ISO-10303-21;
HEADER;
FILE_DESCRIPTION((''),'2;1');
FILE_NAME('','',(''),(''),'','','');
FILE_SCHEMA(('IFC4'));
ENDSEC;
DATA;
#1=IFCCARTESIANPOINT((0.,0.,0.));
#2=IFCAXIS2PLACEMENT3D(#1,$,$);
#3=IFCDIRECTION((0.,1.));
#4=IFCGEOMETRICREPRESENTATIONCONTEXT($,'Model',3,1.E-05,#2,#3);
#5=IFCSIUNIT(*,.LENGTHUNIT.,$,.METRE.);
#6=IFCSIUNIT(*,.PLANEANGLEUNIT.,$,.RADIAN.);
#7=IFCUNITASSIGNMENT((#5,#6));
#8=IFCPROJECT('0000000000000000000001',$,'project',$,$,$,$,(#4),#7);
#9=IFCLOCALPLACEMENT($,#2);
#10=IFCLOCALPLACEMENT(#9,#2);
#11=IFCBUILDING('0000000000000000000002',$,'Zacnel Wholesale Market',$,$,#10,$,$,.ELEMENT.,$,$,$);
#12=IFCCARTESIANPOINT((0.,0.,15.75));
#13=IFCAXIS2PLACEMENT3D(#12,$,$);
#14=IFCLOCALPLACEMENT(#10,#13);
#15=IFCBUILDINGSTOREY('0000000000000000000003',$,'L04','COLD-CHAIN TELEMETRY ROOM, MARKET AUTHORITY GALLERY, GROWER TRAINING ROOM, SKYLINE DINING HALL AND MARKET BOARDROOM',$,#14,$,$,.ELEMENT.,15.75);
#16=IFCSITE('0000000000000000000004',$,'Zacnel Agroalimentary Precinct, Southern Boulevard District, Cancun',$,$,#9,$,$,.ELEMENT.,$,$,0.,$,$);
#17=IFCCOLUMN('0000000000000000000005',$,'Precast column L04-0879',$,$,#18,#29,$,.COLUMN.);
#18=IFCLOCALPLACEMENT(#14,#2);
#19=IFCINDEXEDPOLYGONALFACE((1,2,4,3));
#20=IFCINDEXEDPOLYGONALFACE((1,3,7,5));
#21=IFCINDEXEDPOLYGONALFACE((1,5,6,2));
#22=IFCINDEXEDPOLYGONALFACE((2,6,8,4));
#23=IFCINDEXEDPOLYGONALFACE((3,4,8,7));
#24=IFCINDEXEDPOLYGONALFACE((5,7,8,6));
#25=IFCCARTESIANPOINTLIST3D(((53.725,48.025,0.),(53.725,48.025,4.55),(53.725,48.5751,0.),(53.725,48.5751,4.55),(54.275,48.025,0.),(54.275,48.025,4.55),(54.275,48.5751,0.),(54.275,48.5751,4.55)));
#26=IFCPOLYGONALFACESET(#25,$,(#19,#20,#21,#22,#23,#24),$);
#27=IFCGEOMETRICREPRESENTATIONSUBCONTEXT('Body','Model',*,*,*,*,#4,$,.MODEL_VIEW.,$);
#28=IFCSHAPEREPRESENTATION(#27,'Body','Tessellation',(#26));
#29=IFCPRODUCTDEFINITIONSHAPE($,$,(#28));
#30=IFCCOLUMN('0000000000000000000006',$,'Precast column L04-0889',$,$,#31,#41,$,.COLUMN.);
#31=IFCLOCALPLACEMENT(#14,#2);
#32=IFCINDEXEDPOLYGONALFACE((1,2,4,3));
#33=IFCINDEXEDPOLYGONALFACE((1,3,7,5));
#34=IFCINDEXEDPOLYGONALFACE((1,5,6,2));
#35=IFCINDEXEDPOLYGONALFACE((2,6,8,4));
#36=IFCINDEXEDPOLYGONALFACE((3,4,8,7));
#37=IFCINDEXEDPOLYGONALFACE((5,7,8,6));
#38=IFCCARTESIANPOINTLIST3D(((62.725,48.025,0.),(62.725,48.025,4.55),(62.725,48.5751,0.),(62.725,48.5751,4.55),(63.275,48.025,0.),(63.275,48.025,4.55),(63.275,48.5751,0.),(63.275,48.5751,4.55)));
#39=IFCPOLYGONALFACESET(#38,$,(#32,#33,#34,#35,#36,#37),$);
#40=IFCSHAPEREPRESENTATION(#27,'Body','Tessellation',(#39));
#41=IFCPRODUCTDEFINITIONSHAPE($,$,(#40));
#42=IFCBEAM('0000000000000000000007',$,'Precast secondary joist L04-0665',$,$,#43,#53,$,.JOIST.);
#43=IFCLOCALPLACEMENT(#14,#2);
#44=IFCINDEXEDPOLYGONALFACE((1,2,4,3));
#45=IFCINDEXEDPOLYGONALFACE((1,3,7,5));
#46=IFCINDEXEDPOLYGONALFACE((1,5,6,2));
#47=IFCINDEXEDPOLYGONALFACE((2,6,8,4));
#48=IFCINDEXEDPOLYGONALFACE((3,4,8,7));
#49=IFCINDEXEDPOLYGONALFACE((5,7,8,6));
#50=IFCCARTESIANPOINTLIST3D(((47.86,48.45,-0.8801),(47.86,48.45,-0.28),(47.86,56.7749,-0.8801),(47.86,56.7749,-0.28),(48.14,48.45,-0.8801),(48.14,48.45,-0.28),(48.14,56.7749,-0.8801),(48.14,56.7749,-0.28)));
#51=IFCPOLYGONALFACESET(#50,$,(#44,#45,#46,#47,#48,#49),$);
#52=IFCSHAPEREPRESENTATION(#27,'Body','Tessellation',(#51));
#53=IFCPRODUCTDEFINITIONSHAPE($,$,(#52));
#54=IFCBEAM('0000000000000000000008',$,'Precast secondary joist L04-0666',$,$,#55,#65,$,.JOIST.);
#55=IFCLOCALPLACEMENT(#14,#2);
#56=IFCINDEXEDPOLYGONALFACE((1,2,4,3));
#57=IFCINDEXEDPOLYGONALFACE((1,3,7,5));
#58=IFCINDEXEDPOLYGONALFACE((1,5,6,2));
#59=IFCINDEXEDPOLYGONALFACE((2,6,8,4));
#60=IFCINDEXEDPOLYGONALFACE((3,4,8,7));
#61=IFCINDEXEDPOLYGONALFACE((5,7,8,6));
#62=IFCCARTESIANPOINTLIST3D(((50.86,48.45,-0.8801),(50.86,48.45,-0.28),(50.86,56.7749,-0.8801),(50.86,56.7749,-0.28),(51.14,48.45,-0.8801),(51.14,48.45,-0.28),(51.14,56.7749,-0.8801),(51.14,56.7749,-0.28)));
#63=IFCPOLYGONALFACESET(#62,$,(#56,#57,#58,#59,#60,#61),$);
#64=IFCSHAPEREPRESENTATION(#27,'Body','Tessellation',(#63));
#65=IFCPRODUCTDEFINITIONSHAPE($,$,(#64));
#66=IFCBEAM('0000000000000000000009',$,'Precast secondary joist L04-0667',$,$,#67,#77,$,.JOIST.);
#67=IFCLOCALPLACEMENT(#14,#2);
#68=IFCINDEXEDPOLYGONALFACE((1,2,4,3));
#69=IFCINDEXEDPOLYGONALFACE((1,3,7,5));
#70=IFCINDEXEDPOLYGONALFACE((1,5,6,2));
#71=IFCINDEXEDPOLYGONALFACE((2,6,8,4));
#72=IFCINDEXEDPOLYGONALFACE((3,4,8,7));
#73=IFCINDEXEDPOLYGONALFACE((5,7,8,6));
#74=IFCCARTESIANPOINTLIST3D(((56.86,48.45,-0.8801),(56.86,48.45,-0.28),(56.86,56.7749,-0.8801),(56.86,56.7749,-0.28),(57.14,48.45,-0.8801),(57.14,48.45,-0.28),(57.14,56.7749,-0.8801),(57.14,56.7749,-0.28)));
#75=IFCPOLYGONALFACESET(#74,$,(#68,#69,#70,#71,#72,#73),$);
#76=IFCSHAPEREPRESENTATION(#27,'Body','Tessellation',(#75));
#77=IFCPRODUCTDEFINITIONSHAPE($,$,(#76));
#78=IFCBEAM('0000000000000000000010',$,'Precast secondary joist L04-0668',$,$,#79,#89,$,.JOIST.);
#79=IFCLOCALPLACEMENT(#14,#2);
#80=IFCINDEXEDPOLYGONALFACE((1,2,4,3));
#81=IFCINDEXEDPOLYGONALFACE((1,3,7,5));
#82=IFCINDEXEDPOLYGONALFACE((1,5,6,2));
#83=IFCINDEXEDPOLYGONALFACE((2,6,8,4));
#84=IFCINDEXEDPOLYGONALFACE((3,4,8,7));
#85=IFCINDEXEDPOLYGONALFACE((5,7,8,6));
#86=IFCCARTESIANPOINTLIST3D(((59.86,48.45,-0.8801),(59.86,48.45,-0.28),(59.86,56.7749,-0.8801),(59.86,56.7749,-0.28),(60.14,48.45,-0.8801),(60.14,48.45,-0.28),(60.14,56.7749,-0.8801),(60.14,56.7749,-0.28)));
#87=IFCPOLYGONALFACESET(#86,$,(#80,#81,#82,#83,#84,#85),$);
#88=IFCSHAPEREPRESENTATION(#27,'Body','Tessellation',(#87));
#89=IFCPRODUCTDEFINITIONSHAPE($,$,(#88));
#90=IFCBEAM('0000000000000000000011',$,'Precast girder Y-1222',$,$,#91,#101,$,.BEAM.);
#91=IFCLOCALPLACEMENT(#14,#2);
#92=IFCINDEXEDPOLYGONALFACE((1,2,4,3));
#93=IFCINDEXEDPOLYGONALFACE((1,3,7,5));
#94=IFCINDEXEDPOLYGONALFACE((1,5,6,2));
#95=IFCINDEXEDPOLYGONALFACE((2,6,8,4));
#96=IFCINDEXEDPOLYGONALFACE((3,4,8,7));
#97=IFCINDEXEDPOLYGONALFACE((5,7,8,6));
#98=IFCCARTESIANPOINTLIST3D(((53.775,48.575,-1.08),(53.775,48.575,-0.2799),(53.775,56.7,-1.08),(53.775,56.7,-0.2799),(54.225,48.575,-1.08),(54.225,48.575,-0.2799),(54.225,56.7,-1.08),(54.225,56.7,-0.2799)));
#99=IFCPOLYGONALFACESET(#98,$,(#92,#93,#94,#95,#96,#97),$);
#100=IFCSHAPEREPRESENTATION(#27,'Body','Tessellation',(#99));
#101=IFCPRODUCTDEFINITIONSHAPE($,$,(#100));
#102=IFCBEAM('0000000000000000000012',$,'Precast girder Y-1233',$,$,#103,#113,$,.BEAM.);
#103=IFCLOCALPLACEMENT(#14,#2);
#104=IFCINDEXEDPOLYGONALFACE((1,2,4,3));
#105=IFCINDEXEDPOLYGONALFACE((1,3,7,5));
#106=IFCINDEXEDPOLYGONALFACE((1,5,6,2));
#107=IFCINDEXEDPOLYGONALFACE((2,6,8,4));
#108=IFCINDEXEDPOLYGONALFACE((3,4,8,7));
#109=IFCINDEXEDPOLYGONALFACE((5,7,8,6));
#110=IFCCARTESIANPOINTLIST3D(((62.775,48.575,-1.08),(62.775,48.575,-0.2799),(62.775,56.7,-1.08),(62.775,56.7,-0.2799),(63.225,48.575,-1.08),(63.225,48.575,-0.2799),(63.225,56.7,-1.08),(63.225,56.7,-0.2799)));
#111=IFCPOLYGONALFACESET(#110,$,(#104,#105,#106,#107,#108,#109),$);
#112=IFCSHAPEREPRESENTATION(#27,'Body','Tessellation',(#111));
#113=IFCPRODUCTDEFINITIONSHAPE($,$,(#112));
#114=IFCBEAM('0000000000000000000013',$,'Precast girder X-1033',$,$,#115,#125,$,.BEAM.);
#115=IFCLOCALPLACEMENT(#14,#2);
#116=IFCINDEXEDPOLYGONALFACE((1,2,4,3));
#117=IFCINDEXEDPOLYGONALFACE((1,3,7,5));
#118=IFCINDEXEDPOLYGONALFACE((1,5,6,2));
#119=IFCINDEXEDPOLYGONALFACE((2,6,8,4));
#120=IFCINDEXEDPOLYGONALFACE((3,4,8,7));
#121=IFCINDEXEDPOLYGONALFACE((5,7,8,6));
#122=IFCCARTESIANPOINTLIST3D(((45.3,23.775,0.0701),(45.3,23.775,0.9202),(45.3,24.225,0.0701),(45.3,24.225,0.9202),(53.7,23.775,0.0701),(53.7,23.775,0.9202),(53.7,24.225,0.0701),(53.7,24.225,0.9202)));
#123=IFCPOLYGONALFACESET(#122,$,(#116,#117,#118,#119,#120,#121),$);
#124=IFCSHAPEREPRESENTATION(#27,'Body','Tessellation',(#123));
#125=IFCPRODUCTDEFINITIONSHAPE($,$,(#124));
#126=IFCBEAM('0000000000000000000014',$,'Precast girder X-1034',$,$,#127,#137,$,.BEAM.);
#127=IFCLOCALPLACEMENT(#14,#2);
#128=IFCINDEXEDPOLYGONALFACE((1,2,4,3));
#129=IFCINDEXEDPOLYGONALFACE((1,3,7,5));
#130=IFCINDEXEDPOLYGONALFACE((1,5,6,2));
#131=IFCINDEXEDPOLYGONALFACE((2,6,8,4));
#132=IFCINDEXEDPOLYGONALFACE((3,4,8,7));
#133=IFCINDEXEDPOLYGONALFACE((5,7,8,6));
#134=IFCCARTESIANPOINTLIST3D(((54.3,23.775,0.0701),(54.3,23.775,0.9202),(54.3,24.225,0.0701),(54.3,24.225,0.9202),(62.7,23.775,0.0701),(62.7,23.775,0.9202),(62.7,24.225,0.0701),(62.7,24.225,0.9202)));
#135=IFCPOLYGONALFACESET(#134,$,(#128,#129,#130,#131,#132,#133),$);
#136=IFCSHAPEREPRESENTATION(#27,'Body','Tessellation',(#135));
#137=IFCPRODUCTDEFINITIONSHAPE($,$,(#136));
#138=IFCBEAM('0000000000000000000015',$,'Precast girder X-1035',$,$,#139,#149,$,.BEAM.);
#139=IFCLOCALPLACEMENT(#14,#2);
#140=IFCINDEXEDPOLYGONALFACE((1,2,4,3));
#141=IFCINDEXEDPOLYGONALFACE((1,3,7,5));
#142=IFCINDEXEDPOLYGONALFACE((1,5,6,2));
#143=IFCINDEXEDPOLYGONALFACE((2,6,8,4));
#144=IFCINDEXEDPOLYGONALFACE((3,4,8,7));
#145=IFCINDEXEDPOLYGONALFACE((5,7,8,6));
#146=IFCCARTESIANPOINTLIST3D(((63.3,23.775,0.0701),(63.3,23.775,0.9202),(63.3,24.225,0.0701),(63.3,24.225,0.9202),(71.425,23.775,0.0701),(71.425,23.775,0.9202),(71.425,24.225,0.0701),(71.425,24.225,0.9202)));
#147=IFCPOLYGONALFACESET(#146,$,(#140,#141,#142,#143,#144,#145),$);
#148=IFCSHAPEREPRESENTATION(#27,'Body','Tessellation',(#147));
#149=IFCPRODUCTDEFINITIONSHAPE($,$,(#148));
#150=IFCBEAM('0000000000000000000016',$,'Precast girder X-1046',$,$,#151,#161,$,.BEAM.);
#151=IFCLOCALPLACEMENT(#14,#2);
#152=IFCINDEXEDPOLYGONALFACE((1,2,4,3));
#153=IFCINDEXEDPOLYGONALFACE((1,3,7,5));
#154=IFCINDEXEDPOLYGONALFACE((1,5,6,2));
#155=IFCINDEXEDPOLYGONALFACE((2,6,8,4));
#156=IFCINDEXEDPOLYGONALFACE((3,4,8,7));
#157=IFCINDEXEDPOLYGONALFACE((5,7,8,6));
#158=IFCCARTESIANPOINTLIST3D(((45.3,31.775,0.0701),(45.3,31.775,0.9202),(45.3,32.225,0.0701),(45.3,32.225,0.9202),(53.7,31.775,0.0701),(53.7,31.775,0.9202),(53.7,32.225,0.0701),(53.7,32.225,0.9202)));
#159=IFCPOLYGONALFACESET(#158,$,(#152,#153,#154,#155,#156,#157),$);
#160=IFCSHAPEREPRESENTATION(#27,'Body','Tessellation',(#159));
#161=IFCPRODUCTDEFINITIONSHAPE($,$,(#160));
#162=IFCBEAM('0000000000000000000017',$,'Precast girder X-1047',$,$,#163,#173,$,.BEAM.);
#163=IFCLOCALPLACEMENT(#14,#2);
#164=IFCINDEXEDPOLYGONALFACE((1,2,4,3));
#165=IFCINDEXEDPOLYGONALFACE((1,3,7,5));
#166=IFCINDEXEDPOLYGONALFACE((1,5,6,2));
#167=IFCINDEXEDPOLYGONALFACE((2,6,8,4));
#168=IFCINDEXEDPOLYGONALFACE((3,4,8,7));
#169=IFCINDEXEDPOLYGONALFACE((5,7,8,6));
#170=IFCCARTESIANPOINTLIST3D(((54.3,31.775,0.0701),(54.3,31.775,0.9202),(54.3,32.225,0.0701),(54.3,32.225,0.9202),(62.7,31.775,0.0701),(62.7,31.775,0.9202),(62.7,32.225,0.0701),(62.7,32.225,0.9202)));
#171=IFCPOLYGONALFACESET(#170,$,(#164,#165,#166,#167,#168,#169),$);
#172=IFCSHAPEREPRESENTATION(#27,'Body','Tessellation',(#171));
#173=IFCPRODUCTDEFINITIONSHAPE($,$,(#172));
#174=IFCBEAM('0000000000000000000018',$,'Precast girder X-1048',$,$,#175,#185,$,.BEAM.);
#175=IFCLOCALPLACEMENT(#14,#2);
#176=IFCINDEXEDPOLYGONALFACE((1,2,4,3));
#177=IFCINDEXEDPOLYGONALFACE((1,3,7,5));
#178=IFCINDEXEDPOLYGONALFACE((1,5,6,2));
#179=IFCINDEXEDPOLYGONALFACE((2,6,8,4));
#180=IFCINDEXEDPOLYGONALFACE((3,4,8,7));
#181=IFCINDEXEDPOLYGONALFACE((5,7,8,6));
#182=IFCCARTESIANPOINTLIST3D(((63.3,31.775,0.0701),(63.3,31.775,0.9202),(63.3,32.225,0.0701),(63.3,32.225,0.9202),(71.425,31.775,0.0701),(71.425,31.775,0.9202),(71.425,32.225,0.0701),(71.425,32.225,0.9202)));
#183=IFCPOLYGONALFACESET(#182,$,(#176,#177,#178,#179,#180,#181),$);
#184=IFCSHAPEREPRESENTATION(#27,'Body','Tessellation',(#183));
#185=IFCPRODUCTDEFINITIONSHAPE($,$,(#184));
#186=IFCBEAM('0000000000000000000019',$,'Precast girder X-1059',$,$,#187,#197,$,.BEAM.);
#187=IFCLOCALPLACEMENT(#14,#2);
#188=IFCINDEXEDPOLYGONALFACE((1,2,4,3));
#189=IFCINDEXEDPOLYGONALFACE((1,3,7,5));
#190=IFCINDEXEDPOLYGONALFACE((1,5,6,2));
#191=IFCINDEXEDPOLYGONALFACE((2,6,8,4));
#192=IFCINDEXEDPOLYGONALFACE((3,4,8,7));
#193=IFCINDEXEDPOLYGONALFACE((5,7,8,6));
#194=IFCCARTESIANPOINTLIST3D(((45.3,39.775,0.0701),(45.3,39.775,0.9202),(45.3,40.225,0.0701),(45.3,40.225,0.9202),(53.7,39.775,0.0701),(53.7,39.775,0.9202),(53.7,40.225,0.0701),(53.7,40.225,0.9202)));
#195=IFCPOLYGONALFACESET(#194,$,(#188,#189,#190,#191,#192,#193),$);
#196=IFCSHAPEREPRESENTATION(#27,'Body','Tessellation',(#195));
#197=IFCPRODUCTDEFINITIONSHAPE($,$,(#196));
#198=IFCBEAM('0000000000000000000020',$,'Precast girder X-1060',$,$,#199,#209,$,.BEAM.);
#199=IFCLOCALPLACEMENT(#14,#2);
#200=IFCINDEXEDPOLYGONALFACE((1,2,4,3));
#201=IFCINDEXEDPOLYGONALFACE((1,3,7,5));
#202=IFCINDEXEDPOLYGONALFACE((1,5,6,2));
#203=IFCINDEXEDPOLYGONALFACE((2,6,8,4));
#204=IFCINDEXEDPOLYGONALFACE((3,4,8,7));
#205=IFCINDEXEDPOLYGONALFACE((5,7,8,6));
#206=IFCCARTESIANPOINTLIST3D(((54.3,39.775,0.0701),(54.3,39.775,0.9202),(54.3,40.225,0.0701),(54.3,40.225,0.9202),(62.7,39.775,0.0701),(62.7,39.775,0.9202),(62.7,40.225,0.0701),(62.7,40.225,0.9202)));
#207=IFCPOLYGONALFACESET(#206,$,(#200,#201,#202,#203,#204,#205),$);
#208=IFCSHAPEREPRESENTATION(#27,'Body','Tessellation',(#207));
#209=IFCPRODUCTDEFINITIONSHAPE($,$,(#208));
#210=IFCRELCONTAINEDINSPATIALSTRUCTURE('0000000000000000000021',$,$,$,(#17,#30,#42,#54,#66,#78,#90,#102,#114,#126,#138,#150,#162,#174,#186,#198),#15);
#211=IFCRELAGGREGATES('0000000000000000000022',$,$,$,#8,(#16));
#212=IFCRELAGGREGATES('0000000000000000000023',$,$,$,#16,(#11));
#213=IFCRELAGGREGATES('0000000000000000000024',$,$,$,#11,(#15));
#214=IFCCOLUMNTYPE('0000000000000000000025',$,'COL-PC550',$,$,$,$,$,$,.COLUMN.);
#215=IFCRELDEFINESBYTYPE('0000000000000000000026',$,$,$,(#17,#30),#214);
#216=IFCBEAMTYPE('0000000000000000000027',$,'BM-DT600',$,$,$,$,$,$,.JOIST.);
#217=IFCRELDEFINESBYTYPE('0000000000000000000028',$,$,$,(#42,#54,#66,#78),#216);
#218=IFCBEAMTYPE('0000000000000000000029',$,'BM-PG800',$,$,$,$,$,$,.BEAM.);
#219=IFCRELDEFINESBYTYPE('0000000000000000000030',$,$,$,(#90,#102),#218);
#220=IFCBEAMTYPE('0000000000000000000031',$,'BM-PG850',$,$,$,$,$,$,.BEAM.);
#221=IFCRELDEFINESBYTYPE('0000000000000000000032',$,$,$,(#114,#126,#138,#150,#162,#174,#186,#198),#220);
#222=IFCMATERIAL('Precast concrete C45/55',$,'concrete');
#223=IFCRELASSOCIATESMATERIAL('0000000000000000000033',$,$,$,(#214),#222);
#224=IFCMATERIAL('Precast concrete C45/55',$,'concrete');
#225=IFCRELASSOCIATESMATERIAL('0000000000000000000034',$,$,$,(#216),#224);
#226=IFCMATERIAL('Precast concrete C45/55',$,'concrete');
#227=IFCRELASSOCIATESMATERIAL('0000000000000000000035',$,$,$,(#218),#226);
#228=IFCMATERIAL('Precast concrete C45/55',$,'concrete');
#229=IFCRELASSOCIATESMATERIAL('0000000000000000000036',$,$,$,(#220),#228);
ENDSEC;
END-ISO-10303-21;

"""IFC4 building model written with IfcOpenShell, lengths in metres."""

from ifc_helpers import new_model, si_unit, direction, frame, origin, origin_2d, place, context, subcontext, project, spatial, rectangle, extrude, material, material_profile, profile_set, type_object, element, save


model = new_model("IFC4")

# Units and contexts
model_context = context("Model", 3, precision=1e-05, world=origin(), true_north=direction((0.0, 1.0)))
body_context = subcontext(model_context, "Body", "Model", "MODEL_VIEW")
ifc_project = project(units=[si_unit("LENGTHUNIT", "METRE"), si_unit("PLANEANGLEUNIT", "RADIAN")], contexts=[model_context])

# Site, building, storey
site_placement = place(None, origin())
site = spatial("IfcSite", under=ifc_project, at=site_placement, Name="Zacnel Agroalimentary Precinct, Southern Boulevard District, Cancun", CompositionType="ELEMENT", RefElevation=0.0)
building_placement = place(site_placement, origin())
building = spatial("IfcBuilding", under=site, at=building_placement, Name="Zacnel Wholesale Market", CompositionType="ELEMENT")
storey_placement = place(building_placement, frame((0.0, 0.0, 15.75)))
storey = spatial("IfcBuildingStorey", under=building, at=storey_placement, Name="L04", Description="COLD-CHAIN TELEMETRY ROOM, MARKET AUTHORITY GALLERY, GROWER TRAINING ROOM, SKYLINE DINING HALL AND MARKET BOARDROOM", CompositionType="ELEMENT", Elevation=15.75)

# Columns
ifc_material_1 = material(Name="Precast concrete C45/55", Category="concrete")
ifc_material_profile_1 = material_profile(ifc_material_1, rectangle(XDim=0.55, YDim=0.55, at=origin_2d()), Name="PC 550x550")
ifc_profile_set_1 = profile_set([ifc_material_profile_1], Name="Precast concrete C45/55")
column_type = type_object("IfcColumnType", Name="COL-PC550", PredefinedType="COLUMN", material=ifc_profile_set_1)
for number, where, z_axis, x_axis, name in (
    (1, (54.0, 48.3, 0.0), (0.0, 0.0, 1.0), (1.0, 0.0, 0.0), "Precast column L04-0879"),
    (2, (63.0, 48.3, 0.0), (0.0, 0.0, 1.0), (1.0, 0.0, 0.0), "Precast column L04-0889"),
):
    element("IfcColumn", number, at=place(storey_placement, frame(where, z_axis=z_axis, x_axis=x_axis)), inside=storey, type_object=column_type, Name=name, PredefinedType="COLUMN", context=body_context, shape_type="SweptSolid", body=[
        extrude(rectangle(XDim=0.55, YDim=0.55, at=origin_2d()), origin(), (0.0, 0.0, 1.0), 4.55),
    ])

# Beams
ifc_material_2 = material(Name="Precast concrete C45/55", Category="concrete")
ifc_material_profile_2 = material_profile(ifc_material_2, rectangle(XDim=0.28, YDim=0.6001, at=origin_2d()), Name="DT RIB 280x600")
ifc_profile_set_2 = profile_set([ifc_material_profile_2], Name="Precast concrete C45/55")
beam_type_1 = type_object("IfcBeamType", Name="BM-DT600", PredefinedType="JOIST", material=ifc_profile_set_2)
for number, where, z_axis, x_axis, name in (
    (3, (48.0, 48.45, -0.5801), (0.0, 1.0, 0.0), (-1.0, 0.0, 0.0), "Precast secondary joist L04-0665"),
    (4, (51.0, 48.45, -0.5801), (0.0, 1.0, 0.0), (-1.0, 0.0, 0.0), "Precast secondary joist L04-0666"),
    (5, (57.0, 48.45, -0.5801), (0.0, 1.0, 0.0), (-1.0, 0.0, 0.0), "Precast secondary joist L04-0667"),
    (6, (60.0, 48.45, -0.5801), (0.0, 1.0, 0.0), (-1.0, 0.0, 0.0), "Precast secondary joist L04-0668"),
):
    element("IfcBeam", number, at=place(storey_placement, frame(where, z_axis=z_axis, x_axis=x_axis)), inside=storey, type_object=beam_type_1, Name=name, PredefinedType="JOIST", context=body_context, shape_type="SweptSolid", body=[
        extrude(rectangle(XDim=0.28, YDim=0.6001, at=origin_2d()), origin(), (0.0, 0.0, 1.0), 8.325),
    ])
ifc_material_3 = material(Name="Precast concrete C45/55", Category="concrete")
ifc_material_profile_3 = material_profile(ifc_material_3, rectangle(XDim=0.45, YDim=0.8, at=origin_2d()), Name="PG 450x800")
ifc_profile_set_3 = profile_set([ifc_material_profile_3], Name="Precast concrete C45/55")
beam_type_2 = type_object("IfcBeamType", Name="BM-PG800", PredefinedType="BEAM", material=ifc_profile_set_3)
for number, where, z_axis, x_axis, name in (
    (7, (54.0, 48.575, -0.6799), (0.0, 1.0, 0.0), (-1.0, 0.0, 0.0), "Precast girder Y-1222"),
    (8, (63.0, 48.575, -0.6799), (0.0, 1.0, 0.0), (-1.0, 0.0, 0.0), "Precast girder Y-1233"),
):
    element("IfcBeam", number, at=place(storey_placement, frame(where, z_axis=z_axis, x_axis=x_axis)), inside=storey, type_object=beam_type_2, Name=name, PredefinedType="BEAM", context=body_context, shape_type="SweptSolid", body=[
        extrude(rectangle(XDim=0.45, YDim=0.8, at=origin_2d()), origin(), (0.0, 0.0, 1.0), 8.125),
    ])
ifc_material_4 = material(Name="Precast concrete C45/55", Category="concrete")
ifc_material_profile_4 = material_profile(ifc_material_4, rectangle(XDim=0.45, YDim=0.8501, at=origin_2d()), Name="PG 450x850")
ifc_profile_set_4 = profile_set([ifc_material_profile_4], Name="Precast concrete C45/55")
beam_type_3 = type_object("IfcBeamType", Name="BM-PG850", PredefinedType="BEAM", material=ifc_profile_set_4)
for number, where, z_axis, x_axis, name in (
    (9, (45.3, 24.0, 0.4951), (1.0, 0.0, 0.0), (0.0, 1.0, 0.0), "Precast girder X-1033"),
    (10, (54.3, 24.0, 0.4951), (1.0, 0.0, 0.0), (0.0, 1.0, 0.0), "Precast girder X-1034"),
):
    element("IfcBeam", number, at=place(storey_placement, frame(where, z_axis=z_axis, x_axis=x_axis)), inside=storey, type_object=beam_type_3, Name=name, PredefinedType="BEAM", context=body_context, shape_type="SweptSolid", body=[
        extrude(rectangle(XDim=0.45, YDim=0.8501, at=origin_2d()), origin(), (0.0, 0.0, 1.0), 8.3999),
    ])
beam_1_placement = place(storey_placement, frame((63.3, 24.0, 0.4951), z_axis=(1.0, 0.0, 0.0), x_axis=(0.0, 1.0, 0.0)))
element("IfcBeam", 11, at=beam_1_placement, inside=storey, type_object=beam_type_3, Name="Precast girder X-1035", PredefinedType="BEAM", context=body_context, shape_type="SweptSolid", body=[
    extrude(rectangle(XDim=0.45, YDim=0.8501, at=origin_2d()), origin(), (0.0, 0.0, 1.0), 8.125),
])
for number, where, z_axis, x_axis, name in (
    (12, (45.3, 32.0, 0.4951), (1.0, 0.0, 0.0), (0.0, 1.0, 0.0), "Precast girder X-1046"),
    (13, (54.3, 32.0, 0.4951), (1.0, 0.0, 0.0), (0.0, 1.0, 0.0), "Precast girder X-1047"),
):
    element("IfcBeam", number, at=place(storey_placement, frame(where, z_axis=z_axis, x_axis=x_axis)), inside=storey, type_object=beam_type_3, Name=name, PredefinedType="BEAM", context=body_context, shape_type="SweptSolid", body=[
        extrude(rectangle(XDim=0.45, YDim=0.8501, at=origin_2d()), origin(), (0.0, 0.0, 1.0), 8.3999),
    ])
beam_2_placement = place(storey_placement, frame((63.3, 32.0, 0.4951), z_axis=(1.0, 0.0, 0.0), x_axis=(0.0, 1.0, 0.0)))
element("IfcBeam", 14, at=beam_2_placement, inside=storey, type_object=beam_type_3, Name="Precast girder X-1048", PredefinedType="BEAM", context=body_context, shape_type="SweptSolid", body=[
    extrude(rectangle(XDim=0.45, YDim=0.8501, at=origin_2d()), origin(), (0.0, 0.0, 1.0), 8.125),
])
for number, where, z_axis, x_axis, name in (
    (15, (45.3, 40.0, 0.4951), (1.0, 0.0, 0.0), (0.0, 1.0, 0.0), "Precast girder X-1059"),
    (16, (54.3, 40.0, 0.4951), (1.0, 0.0, 0.0), (0.0, 1.0, 0.0), "Precast girder X-1060"),
):
    element("IfcBeam", number, at=place(storey_placement, frame(where, z_axis=z_axis, x_axis=x_axis)), inside=storey, type_object=beam_type_3, Name=name, PredefinedType="BEAM", context=body_context, shape_type="SweptSolid", body=[
        extrude(rectangle(XDim=0.45, YDim=0.8501, at=origin_2d()), origin(), (0.0, 0.0, 1.0), 8.3999),
    ])

save(model, "model.ifc")
